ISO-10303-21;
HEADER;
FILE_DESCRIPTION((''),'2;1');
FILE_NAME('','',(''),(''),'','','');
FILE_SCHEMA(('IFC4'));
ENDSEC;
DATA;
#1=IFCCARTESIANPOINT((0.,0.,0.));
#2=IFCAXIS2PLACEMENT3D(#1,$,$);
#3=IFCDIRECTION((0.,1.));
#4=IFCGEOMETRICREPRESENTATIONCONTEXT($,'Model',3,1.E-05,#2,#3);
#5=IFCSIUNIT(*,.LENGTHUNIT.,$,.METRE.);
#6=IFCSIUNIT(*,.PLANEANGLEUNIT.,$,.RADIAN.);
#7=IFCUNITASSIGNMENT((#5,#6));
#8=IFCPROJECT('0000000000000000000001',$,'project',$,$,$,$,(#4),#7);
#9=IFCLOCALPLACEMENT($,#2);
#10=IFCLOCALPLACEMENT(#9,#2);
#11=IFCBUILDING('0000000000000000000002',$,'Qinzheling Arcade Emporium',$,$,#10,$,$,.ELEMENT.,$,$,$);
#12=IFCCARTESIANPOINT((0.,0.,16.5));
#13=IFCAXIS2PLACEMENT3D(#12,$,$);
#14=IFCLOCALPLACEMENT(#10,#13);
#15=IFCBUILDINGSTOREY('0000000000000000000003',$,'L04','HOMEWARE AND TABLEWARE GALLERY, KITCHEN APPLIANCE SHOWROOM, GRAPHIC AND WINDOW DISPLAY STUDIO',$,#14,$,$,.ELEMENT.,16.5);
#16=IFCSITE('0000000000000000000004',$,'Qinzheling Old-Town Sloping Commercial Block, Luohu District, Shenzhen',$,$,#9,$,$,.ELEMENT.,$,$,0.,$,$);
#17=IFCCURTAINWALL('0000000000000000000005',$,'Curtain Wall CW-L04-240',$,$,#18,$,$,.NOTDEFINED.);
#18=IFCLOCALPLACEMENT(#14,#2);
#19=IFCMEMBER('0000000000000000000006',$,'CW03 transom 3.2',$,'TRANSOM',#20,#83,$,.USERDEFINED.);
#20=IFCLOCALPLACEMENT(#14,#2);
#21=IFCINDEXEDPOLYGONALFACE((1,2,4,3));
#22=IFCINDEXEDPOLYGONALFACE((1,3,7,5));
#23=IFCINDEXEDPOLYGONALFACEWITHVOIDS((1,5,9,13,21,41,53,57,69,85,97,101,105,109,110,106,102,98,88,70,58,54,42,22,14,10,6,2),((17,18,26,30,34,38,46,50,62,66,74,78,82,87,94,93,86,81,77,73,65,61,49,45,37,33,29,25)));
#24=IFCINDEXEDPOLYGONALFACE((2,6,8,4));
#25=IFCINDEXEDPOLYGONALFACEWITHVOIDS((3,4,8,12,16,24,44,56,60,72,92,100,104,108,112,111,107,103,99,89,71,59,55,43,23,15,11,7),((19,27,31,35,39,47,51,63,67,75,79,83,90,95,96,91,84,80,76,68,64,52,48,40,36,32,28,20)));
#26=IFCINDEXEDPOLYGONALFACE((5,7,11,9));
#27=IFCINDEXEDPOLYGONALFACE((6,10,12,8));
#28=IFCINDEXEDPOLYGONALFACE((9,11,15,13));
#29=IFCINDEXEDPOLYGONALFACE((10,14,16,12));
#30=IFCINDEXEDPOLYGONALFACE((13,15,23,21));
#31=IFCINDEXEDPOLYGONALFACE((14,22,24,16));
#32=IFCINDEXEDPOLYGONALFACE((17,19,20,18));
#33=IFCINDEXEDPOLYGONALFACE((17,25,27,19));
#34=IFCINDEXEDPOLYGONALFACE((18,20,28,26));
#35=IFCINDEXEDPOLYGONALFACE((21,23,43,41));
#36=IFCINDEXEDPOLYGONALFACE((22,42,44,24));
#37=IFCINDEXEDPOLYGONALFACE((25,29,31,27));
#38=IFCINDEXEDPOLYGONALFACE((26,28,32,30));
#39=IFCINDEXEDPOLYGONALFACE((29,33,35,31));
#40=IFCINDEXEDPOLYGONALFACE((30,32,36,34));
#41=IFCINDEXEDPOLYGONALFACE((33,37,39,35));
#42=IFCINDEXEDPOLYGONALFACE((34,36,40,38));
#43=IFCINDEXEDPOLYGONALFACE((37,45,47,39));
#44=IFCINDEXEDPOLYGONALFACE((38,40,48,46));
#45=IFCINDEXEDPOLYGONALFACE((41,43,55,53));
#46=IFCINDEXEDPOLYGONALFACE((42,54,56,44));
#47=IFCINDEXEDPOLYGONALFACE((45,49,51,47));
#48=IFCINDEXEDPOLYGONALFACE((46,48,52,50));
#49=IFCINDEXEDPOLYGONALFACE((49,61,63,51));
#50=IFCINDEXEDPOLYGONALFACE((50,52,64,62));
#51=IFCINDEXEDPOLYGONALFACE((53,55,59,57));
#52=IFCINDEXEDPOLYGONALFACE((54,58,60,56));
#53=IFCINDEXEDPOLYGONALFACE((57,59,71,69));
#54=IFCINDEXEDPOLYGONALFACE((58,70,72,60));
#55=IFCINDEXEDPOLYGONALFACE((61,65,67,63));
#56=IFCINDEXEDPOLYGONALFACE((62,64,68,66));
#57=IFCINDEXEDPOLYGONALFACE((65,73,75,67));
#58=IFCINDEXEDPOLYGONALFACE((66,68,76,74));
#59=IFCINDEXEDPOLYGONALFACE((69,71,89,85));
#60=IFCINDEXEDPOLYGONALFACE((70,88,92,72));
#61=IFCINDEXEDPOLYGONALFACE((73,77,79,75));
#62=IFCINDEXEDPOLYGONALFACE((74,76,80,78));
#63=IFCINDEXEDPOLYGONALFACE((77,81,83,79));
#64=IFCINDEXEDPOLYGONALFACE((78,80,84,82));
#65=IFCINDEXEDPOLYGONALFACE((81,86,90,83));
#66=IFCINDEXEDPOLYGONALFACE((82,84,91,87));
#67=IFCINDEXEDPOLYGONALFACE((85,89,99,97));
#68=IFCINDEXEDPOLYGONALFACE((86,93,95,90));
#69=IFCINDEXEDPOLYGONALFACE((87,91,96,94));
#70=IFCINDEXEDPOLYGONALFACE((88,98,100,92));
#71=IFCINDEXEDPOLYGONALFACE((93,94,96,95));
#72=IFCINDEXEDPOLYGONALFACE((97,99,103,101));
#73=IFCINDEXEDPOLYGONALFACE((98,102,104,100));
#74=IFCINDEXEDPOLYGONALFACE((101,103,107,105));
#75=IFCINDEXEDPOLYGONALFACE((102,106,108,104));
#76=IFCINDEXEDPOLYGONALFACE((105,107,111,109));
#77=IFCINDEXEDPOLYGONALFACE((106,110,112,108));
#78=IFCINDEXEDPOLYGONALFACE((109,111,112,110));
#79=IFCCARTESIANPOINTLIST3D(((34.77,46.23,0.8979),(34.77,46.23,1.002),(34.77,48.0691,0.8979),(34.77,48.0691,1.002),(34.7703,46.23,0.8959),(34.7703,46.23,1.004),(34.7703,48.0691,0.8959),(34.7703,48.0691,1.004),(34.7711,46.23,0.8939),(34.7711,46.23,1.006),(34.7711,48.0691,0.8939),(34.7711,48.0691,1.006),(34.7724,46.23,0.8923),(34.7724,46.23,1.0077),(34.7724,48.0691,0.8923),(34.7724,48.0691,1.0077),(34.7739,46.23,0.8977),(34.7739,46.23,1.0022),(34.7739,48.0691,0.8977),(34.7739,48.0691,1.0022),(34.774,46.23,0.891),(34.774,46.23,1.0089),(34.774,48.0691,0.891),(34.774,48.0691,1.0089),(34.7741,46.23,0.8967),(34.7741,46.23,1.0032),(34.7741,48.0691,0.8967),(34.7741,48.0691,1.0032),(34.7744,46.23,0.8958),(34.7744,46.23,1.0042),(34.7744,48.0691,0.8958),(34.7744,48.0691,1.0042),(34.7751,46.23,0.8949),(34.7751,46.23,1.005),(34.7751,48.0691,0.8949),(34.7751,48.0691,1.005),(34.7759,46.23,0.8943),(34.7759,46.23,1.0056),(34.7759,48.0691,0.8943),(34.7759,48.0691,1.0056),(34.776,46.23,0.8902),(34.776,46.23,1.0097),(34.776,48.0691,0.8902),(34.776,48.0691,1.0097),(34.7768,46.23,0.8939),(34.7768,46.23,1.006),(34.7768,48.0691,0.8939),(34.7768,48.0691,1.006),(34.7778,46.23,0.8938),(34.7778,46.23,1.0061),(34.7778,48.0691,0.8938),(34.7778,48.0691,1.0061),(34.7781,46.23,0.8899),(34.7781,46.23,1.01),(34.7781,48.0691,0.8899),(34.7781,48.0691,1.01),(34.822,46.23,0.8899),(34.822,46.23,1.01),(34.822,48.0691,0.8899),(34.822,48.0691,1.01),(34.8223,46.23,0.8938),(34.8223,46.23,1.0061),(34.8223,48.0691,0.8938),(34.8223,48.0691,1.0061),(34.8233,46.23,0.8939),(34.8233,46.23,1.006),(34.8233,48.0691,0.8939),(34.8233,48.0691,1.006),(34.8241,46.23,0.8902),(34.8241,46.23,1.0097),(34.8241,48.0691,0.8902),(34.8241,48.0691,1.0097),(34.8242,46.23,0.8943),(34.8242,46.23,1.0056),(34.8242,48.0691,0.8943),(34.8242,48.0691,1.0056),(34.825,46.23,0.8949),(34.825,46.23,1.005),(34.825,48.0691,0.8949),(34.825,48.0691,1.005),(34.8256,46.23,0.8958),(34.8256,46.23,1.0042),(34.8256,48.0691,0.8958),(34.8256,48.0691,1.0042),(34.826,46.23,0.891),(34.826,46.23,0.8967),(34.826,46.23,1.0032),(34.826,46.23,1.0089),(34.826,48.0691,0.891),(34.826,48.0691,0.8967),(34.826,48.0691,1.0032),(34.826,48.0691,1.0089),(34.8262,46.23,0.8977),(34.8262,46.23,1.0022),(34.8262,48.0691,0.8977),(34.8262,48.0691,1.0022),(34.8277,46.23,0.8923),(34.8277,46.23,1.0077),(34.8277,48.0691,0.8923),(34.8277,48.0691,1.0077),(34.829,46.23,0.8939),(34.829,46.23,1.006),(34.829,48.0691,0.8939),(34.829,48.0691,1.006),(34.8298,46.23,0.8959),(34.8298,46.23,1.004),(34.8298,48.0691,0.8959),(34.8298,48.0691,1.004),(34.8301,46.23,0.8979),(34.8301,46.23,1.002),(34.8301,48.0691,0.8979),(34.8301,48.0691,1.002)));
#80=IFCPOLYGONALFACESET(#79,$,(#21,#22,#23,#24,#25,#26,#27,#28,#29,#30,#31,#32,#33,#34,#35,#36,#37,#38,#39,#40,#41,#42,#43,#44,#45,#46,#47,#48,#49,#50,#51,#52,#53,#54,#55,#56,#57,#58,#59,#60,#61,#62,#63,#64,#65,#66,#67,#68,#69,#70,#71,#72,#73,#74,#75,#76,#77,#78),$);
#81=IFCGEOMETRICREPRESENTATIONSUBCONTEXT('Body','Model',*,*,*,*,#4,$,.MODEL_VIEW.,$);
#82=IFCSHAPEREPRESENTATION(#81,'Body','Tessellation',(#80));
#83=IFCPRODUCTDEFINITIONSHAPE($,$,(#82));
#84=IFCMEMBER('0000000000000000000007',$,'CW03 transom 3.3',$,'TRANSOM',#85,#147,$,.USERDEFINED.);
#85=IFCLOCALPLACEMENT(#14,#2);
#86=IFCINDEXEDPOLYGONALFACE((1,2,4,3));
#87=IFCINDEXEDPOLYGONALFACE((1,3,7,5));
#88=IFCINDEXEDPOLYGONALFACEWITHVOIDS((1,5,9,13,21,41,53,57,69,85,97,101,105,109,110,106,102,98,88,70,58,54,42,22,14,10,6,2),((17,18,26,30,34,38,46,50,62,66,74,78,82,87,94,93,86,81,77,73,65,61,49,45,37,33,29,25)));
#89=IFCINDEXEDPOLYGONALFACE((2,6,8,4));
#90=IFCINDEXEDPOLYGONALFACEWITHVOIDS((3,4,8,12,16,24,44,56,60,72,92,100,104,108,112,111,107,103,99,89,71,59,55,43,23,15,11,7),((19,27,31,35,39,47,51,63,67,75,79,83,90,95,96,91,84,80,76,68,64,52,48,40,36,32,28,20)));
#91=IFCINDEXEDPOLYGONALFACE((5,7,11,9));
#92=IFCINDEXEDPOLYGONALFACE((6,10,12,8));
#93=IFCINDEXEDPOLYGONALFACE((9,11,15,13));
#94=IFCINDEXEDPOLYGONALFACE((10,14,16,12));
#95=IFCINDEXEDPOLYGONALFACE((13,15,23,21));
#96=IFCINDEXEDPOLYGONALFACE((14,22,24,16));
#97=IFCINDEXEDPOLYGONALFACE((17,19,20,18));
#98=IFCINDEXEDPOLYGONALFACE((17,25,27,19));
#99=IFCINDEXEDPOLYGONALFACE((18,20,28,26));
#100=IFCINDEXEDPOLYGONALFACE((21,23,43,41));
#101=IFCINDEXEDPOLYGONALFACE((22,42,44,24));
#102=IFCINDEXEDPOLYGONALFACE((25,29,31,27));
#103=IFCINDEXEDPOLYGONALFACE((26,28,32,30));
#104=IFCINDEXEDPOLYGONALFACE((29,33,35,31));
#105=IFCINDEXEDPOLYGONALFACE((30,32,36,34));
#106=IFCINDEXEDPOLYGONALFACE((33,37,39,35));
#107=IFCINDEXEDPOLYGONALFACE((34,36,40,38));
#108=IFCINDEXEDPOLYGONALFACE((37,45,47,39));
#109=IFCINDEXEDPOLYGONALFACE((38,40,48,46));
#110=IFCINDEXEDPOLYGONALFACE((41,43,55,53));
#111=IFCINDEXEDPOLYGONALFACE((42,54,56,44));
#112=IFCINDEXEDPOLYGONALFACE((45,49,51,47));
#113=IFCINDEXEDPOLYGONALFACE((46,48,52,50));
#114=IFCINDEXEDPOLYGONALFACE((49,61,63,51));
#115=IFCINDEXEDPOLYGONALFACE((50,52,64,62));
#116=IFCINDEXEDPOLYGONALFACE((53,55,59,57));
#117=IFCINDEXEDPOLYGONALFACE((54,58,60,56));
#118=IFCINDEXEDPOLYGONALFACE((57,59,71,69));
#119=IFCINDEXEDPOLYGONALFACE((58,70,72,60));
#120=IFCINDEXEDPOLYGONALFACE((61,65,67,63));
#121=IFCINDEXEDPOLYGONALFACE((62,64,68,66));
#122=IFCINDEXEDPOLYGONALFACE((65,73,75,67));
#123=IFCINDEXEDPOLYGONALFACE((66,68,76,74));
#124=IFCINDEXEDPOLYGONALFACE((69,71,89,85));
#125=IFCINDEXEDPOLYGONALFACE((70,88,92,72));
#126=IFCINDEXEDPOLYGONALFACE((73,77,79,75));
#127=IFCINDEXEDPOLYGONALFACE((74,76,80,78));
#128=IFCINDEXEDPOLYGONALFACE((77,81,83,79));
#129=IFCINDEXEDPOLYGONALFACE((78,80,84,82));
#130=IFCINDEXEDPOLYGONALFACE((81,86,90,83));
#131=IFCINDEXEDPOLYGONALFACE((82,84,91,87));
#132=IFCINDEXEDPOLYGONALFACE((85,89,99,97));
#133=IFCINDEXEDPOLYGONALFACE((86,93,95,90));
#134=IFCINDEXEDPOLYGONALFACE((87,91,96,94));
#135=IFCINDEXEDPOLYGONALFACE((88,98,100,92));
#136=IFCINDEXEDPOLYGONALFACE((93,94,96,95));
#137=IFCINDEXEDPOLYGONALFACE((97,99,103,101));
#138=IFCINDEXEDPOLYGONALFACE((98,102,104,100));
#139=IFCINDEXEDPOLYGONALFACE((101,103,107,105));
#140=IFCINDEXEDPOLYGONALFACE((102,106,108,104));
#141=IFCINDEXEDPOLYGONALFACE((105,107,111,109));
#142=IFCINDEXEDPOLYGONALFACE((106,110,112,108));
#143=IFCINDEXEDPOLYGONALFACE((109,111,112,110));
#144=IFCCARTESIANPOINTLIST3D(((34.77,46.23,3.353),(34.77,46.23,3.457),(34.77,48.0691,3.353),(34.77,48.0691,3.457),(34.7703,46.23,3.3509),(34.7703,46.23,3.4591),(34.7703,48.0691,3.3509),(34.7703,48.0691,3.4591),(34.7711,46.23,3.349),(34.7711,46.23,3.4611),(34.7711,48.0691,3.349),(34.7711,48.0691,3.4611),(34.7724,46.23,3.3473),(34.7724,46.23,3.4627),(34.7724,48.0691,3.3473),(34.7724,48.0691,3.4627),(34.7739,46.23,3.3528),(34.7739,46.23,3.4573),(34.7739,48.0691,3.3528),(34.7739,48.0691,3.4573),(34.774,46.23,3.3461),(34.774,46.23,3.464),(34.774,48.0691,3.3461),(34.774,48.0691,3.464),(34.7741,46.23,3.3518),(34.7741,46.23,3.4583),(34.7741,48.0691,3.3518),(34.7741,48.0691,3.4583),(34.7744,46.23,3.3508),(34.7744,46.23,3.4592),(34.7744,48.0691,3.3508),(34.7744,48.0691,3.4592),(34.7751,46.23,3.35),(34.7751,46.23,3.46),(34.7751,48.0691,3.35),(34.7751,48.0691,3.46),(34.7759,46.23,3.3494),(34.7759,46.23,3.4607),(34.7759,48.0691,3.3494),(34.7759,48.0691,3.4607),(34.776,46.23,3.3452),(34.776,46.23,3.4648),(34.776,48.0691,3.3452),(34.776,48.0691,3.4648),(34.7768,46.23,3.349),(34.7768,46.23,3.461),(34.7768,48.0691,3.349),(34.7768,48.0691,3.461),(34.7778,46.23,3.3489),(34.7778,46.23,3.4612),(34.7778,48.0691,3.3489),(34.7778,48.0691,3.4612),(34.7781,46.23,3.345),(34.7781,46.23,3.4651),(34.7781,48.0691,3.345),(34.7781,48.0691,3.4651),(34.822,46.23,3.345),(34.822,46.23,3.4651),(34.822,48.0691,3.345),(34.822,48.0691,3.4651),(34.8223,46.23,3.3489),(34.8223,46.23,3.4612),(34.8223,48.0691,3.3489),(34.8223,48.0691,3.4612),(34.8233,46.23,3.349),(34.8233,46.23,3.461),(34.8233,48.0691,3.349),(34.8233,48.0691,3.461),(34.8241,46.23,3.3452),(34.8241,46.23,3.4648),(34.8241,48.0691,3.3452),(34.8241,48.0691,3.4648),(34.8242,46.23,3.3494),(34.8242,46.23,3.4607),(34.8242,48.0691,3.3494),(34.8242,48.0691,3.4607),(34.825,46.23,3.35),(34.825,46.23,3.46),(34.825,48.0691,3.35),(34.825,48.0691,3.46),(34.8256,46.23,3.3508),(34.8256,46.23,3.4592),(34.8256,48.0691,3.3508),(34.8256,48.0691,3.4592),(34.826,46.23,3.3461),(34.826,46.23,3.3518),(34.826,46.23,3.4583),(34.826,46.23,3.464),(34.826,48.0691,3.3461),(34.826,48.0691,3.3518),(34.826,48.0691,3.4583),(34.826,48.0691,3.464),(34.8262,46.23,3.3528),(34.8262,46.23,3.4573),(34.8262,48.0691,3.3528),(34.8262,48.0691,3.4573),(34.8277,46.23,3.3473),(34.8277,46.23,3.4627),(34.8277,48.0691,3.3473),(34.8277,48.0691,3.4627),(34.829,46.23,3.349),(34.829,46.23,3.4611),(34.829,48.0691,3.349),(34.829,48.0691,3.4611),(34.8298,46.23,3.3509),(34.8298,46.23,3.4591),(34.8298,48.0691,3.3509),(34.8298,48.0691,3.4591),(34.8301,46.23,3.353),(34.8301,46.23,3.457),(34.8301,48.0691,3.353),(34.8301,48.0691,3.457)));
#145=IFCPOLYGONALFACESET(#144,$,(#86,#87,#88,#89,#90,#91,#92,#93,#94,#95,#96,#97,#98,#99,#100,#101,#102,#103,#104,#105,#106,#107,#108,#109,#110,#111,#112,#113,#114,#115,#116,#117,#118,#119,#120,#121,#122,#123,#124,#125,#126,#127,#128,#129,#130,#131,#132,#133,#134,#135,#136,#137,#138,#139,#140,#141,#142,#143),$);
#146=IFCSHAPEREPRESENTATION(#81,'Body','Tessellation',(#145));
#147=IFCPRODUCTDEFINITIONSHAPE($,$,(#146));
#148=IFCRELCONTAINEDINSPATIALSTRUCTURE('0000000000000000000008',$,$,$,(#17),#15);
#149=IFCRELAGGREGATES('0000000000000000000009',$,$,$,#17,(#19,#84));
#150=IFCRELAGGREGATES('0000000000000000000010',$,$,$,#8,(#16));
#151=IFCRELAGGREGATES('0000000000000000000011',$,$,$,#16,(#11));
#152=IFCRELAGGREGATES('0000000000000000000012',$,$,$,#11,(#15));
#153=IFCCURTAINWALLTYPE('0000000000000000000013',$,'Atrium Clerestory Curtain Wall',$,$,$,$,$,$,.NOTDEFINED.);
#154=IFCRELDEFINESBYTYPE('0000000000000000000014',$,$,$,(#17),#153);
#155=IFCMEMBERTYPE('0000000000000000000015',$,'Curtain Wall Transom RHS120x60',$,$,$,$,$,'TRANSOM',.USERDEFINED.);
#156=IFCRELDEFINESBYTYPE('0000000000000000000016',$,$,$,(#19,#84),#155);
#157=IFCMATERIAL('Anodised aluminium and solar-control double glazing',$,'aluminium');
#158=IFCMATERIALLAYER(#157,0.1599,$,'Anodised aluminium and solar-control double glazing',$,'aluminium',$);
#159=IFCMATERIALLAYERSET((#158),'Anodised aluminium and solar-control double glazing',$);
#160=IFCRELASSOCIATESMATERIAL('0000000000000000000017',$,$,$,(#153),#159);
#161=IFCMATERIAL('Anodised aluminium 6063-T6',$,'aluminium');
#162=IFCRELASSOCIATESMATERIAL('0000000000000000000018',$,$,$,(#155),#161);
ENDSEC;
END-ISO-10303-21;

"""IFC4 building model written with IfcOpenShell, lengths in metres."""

from ifc_helpers import new_model, si_unit, direction, frame, origin, origin_2d, place, context, subcontext, project, spatial, hollow_rectangle, extrude, material, layer, layer_set, material_profile, profile_set, type_object, element, aggregate, save


model = new_model("IFC4")

# Units and contexts
model_context = context("Model", 3, precision=1e-05, world=origin(), true_north=direction((0.0, 1.0)))
body_context = subcontext(model_context, "Body", "Model", "MODEL_VIEW")
ifc_project = project(units=[si_unit("LENGTHUNIT", "METRE"), si_unit("PLANEANGLEUNIT", "RADIAN")], contexts=[model_context])

# Site, building, storey
site_placement = place(None, origin())
site = spatial("IfcSite", under=ifc_project, at=site_placement, Name="Qinzheling Old-Town Sloping Commercial Block, Luohu District, Shenzhen", CompositionType="ELEMENT", RefElevation=0.0)
building_placement = place(site_placement, origin())
building = spatial("IfcBuilding", under=site, at=building_placement, Name="Qinzheling Arcade Emporium", CompositionType="ELEMENT")
storey_placement = place(building_placement, frame((0.0, 0.0, 16.5)))
storey = spatial("IfcBuildingStorey", under=building, at=storey_placement, Name="L04", Description="HOMEWARE AND TABLEWARE GALLERY, KITCHEN APPLIANCE SHOWROOM, GRAPHIC AND WINDOW DISPLAY STUDIO", CompositionType="ELEMENT", Elevation=16.5)

# Curtain wall
ifc_material_1 = material(Name="Anodised aluminium and solar-control double glazing", Category="aluminium")
ifc_layer_1 = layer(ifc_material_1, 0.1599, Name="Anodised aluminium and solar-control double glazing", Category="aluminium")
ifc_layer_set_1 = layer_set([ifc_layer_1], Name="Anodised aluminium and solar-control double glazing")
curtain_wall_type = type_object("IfcCurtainWallType", Name="Atrium Clerestory Curtain Wall", PredefinedType="NOTDEFINED", material=ifc_layer_set_1)
curtain_wall_1_placement = place(storey_placement, origin())
curtain_wall_1 = element("IfcCurtainWall", 1, at=curtain_wall_1_placement, inside=storey, type_object=curtain_wall_type, Name="Curtain Wall CW-L04-240", PredefinedType="NOTDEFINED")
ifc_material_2 = material(Name="Anodised aluminium 6063-T6", Category="aluminium")

# Members
ifc_material_profile_1 = material_profile(ifc_material_2, hollow_rectangle(XDim=0.0601, YDim=0.1201, WallThickness=0.0039, InnerFilletRadius=0.0039, OuterFilletRadius=0.0081, at=origin_2d()), Name="RHS 120x60x4", Category="aluminium")
ifc_profile_set_1 = profile_set([ifc_material_profile_1], Name="Anodised aluminium 6063-T6")
member_type_1 = type_object("IfcMemberType", Name="Curtain Wall Transom RHS120x60", ElementType="TRANSOM", PredefinedType="USERDEFINED", material=ifc_profile_set_1)
member_1_placement = place(storey_placement, frame((34.8, 46.23, 0.95), z_axis=(0.0, 1.0, 0.0), x_axis=(-1.0, 0.0, 0.0)))
member_1 = element("IfcMember", 2, at=member_1_placement, type_object=member_type_1, Name="CW03 transom 3.2", ObjectType="TRANSOM", PredefinedType="USERDEFINED", context=body_context, shape_type="SweptSolid", body=[
    extrude(hollow_rectangle(XDim=0.0601, YDim=0.1201, WallThickness=0.0039, InnerFilletRadius=0.0039, OuterFilletRadius=0.0081, at=origin_2d()), origin(), (0.0, 0.0, 1.0), 1.8391),
])
member_2_placement = place(storey_placement, frame((34.8, 46.23, 3.405), z_axis=(0.0, 1.0, 0.0), x_axis=(-1.0, 0.0, 0.0)))
member_2 = element("IfcMember", 3, at=member_2_placement, type_object=member_type_1, Name="CW03 transom 3.3", ObjectType="TRANSOM", PredefinedType="USERDEFINED", context=body_context, shape_type="SweptSolid", body=[
    extrude(hollow_rectangle(XDim=0.0601, YDim=0.1201, WallThickness=0.0039, InnerFilletRadius=0.0039, OuterFilletRadius=0.0081, at=origin_2d()), origin(), (0.0, 0.0, 1.0), 1.8391),
])

aggregate(curtain_wall_1, [member_1, member_2])

save(model, "model.ifc")
